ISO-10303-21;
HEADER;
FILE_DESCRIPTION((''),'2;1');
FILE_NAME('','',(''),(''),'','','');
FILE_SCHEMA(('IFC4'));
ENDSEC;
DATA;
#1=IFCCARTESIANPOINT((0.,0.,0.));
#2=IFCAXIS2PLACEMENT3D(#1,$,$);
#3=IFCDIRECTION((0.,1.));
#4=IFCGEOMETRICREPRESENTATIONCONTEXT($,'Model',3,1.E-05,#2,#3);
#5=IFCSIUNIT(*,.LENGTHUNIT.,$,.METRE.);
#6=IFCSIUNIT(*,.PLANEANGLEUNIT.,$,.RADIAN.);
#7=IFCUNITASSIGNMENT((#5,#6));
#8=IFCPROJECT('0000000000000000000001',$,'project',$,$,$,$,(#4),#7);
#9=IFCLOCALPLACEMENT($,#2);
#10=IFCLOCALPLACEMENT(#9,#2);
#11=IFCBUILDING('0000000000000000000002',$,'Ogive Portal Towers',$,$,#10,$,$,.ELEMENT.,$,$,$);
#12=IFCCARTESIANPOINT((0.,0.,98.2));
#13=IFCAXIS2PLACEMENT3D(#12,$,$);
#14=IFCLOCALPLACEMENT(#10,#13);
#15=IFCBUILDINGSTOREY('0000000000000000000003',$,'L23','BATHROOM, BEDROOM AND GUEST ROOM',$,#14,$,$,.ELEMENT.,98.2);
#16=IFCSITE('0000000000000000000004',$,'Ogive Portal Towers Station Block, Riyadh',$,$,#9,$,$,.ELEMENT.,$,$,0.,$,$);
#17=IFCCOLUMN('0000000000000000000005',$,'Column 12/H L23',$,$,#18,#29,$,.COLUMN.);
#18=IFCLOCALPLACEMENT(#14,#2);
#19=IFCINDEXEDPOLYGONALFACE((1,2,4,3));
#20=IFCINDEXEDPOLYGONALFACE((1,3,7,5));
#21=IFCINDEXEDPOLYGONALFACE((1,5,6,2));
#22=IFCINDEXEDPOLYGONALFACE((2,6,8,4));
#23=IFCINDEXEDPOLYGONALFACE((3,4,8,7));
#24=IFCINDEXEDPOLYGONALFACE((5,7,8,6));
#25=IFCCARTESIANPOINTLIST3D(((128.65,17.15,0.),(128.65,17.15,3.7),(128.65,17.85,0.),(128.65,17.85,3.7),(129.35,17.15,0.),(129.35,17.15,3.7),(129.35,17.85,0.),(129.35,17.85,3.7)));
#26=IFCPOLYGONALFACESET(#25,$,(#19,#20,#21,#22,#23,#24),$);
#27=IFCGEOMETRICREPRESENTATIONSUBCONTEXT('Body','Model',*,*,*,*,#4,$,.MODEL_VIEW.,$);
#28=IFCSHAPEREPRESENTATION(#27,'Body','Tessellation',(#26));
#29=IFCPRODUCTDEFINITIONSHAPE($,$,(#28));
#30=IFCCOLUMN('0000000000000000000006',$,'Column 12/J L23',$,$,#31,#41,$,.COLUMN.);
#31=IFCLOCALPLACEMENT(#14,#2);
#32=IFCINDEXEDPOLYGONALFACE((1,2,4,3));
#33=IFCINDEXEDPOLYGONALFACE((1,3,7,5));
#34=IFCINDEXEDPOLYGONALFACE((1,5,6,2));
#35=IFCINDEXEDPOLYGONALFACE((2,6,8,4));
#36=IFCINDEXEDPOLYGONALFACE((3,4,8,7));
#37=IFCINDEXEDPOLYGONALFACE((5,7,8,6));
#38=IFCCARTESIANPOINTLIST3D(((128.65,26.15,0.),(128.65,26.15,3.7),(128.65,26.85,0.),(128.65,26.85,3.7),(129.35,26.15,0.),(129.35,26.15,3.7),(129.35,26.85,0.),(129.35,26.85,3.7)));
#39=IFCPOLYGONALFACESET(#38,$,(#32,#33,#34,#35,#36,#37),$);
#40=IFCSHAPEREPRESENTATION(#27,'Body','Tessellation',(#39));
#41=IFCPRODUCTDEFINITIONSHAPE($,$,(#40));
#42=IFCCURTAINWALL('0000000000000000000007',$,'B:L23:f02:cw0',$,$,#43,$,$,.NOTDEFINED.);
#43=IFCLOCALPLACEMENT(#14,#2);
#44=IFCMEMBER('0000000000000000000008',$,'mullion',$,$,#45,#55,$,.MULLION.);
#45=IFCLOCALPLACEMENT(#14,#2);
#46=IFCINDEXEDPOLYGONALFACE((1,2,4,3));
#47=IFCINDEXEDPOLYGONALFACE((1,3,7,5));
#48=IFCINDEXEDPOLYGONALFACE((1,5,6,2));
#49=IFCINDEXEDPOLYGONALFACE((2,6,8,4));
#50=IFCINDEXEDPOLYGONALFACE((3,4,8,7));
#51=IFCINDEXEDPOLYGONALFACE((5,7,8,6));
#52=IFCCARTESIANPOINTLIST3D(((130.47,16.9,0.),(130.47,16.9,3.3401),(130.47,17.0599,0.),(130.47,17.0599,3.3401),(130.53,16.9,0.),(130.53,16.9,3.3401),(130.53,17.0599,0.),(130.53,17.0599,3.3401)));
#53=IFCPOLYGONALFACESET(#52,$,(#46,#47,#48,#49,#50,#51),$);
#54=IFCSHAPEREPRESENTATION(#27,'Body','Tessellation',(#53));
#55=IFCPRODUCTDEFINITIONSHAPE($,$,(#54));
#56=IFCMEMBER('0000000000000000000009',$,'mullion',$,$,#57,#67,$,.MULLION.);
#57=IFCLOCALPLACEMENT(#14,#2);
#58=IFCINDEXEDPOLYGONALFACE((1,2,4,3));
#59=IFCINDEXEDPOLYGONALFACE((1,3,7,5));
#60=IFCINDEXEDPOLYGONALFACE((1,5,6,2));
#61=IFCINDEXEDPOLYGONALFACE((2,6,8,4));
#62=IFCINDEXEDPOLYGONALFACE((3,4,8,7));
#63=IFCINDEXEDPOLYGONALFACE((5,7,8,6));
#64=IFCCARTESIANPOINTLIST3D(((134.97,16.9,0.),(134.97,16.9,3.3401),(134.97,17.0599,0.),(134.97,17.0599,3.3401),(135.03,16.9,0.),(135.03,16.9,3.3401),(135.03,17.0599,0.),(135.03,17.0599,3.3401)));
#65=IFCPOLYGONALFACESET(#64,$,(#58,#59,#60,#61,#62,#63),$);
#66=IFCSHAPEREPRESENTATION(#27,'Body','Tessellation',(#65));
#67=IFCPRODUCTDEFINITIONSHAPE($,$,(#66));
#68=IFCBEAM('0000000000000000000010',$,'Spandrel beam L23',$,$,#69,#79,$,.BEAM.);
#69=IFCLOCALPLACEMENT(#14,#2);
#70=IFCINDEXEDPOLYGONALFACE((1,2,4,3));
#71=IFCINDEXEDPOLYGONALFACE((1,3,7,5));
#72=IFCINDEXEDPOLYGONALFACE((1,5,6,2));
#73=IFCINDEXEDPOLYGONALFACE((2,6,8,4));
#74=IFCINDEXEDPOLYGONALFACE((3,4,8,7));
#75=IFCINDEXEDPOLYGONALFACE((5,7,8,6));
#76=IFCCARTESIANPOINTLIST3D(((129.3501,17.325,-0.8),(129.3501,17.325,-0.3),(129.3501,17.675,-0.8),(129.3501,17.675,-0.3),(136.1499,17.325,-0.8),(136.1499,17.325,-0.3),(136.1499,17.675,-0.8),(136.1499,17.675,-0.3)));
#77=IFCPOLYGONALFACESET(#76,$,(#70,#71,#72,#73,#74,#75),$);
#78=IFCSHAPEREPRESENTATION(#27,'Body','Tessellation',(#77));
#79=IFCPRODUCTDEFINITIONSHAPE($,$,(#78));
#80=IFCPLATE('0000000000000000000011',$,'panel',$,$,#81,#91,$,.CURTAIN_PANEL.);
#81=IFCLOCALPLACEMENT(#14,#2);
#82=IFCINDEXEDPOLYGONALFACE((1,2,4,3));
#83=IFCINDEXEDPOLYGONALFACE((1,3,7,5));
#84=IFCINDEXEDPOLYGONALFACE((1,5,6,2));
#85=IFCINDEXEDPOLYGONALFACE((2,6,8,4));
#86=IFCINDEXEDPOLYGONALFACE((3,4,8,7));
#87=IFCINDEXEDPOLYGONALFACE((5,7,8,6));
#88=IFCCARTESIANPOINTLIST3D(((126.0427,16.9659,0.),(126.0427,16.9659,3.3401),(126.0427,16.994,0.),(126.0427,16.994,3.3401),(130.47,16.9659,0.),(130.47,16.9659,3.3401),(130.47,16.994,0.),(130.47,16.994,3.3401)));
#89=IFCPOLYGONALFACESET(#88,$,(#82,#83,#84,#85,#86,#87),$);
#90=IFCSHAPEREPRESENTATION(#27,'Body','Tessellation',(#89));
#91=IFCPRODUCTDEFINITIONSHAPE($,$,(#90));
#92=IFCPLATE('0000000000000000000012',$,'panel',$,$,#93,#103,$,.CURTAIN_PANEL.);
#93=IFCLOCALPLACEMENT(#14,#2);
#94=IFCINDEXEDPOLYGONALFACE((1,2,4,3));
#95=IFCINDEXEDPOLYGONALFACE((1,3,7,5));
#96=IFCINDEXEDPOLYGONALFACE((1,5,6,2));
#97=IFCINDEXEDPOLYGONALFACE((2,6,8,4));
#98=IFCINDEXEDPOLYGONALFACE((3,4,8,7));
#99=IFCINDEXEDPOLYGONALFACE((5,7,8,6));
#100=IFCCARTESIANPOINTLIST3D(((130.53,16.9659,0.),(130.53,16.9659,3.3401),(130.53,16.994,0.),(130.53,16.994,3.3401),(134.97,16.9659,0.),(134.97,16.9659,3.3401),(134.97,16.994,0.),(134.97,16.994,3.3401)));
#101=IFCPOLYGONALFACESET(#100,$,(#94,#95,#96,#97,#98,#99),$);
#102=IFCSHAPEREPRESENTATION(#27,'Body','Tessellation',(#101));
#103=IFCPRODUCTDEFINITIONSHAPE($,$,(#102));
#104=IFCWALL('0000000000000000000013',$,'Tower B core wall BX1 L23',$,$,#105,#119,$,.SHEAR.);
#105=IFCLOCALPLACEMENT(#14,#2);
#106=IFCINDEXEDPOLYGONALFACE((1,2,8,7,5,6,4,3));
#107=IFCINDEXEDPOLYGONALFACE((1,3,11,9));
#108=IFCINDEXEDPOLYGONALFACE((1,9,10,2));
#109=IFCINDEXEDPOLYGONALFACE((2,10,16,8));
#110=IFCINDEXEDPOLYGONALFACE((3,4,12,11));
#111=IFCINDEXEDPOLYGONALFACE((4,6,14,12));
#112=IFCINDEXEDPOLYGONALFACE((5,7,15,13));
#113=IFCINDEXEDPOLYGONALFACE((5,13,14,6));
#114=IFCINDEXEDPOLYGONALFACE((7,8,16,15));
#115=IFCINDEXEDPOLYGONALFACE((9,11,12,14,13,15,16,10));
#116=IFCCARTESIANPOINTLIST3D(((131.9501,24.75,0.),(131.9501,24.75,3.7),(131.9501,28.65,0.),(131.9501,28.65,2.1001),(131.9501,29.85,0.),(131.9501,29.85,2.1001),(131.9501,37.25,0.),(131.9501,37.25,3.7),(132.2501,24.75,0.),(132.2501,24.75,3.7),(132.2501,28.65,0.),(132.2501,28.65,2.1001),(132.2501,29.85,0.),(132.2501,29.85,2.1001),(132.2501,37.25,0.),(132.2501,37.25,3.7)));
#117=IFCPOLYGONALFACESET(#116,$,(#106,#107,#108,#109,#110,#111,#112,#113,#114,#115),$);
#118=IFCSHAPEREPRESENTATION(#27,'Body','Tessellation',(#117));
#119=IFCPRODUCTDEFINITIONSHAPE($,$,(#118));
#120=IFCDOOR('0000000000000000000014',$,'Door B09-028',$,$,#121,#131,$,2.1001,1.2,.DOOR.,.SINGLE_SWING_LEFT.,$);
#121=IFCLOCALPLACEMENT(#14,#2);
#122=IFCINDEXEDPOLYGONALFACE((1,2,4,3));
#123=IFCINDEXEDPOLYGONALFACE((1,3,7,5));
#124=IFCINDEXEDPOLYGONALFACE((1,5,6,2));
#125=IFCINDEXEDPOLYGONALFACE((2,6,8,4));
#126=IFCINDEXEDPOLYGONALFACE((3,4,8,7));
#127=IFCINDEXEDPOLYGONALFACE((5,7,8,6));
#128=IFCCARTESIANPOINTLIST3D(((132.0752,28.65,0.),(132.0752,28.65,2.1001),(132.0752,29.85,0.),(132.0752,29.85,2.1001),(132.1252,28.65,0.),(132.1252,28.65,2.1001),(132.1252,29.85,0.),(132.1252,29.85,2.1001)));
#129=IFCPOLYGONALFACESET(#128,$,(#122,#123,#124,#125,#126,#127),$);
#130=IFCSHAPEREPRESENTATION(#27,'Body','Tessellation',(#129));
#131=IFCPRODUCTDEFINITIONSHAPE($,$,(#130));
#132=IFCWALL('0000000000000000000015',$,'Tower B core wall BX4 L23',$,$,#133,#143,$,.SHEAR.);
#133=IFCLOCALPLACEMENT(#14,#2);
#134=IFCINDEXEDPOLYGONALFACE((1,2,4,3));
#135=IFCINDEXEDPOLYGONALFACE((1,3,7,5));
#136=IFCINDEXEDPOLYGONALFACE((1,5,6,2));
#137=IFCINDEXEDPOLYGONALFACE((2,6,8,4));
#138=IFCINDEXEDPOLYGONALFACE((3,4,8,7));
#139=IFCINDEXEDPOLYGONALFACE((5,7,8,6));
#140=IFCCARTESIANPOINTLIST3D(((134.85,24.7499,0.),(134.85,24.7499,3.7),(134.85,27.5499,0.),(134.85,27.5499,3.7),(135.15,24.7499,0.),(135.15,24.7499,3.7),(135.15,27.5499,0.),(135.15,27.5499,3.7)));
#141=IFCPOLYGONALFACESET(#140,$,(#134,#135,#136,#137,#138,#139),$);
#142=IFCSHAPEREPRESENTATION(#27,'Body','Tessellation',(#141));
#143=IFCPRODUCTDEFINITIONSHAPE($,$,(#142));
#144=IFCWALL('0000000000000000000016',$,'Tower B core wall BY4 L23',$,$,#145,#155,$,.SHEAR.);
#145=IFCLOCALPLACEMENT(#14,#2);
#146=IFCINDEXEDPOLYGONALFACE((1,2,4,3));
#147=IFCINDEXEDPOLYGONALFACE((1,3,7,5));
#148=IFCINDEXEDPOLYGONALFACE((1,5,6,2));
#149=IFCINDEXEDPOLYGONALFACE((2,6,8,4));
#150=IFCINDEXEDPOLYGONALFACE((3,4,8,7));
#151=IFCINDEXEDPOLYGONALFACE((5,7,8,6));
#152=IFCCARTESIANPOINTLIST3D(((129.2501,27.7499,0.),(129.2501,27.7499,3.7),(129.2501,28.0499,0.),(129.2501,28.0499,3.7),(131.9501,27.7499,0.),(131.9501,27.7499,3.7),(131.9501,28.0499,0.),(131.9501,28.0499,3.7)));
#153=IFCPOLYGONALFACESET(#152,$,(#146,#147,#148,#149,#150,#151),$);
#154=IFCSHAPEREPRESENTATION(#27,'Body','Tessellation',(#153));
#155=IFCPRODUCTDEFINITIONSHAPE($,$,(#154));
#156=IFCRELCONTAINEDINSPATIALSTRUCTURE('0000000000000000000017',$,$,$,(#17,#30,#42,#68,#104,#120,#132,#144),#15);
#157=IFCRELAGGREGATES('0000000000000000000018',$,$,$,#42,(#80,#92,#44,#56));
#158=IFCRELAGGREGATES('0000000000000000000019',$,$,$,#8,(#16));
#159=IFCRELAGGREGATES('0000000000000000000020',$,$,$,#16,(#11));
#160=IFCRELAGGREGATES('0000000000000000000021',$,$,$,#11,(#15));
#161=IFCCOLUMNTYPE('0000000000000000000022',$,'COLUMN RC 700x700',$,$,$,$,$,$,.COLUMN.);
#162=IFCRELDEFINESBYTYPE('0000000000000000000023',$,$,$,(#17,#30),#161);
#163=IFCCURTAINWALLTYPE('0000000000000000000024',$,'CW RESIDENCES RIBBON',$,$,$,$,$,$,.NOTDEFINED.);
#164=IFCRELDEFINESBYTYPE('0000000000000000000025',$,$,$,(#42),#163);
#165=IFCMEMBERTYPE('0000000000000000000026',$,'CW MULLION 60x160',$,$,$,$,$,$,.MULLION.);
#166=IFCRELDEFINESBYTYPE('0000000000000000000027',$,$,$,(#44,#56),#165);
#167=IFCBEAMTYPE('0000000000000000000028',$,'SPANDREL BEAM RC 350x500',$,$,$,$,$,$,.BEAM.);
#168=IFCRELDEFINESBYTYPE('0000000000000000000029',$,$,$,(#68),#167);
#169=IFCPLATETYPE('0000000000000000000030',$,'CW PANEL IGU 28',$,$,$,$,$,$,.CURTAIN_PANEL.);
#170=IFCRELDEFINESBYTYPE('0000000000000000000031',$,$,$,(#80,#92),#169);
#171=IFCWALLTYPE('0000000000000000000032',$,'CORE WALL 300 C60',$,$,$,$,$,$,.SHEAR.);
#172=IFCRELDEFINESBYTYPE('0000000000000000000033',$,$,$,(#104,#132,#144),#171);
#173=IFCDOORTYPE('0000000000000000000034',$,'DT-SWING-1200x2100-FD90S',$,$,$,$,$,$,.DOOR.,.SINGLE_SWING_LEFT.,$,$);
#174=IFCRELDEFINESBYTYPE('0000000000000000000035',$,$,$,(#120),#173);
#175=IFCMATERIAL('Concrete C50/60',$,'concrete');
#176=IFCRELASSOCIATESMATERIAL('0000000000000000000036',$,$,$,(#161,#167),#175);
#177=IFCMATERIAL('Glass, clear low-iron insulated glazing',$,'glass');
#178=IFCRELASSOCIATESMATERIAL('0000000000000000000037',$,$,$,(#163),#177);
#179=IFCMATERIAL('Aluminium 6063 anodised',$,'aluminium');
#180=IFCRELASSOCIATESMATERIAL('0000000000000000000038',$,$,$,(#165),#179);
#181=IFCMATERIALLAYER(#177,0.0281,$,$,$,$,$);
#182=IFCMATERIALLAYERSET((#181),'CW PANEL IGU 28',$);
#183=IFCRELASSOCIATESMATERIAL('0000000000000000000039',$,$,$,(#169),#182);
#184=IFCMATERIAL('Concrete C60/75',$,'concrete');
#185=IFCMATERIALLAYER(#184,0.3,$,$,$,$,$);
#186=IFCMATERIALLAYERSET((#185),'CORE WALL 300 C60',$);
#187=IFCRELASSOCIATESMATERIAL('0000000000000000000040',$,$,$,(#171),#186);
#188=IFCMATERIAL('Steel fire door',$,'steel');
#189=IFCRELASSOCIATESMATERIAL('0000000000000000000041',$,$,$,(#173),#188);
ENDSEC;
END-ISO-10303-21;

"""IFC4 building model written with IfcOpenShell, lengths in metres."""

from ifc_helpers import new_model, si_unit, direction, frame, frame_2d, origin, origin_2d, place, context, subcontext, project, spatial, rectangle, extrude, material, layer, layer_set, material_profile, profile_set, type_object, element, fill, aggregate, save


model = new_model("IFC4")

# Units and contexts
model_context = context("Model", 3, precision=1e-05, world=origin(), true_north=direction((0.0, 1.0)))
body_context = subcontext(model_context, "Body", "Model", "MODEL_VIEW")
ifc_project = project(units=[si_unit("LENGTHUNIT", "METRE"), si_unit("PLANEANGLEUNIT", "RADIAN")], contexts=[model_context])

# Site, building, storey
site_placement = place(None, origin())
site = spatial("IfcSite", under=ifc_project, at=site_placement, Name="Ogive Portal Towers Station Block, Riyadh", CompositionType="ELEMENT", RefElevation=0.0)
building_placement = place(site_placement, origin())
building = spatial("IfcBuilding", under=site, at=building_placement, Name="Ogive Portal Towers", CompositionType="ELEMENT")
storey_placement = place(building_placement, frame((0.0, 0.0, 98.2)))
storey = spatial("IfcBuildingStorey", under=building, at=storey_placement, Name="L23", Description="BATHROOM, BEDROOM AND GUEST ROOM", CompositionType="ELEMENT", Elevation=98.2)

# Columns
ifc_material_1 = material(Name="Concrete C50/60", Category="concrete")
ifc_material_profile_1 = material_profile(ifc_material_1, rectangle(XDim=0.7, YDim=0.7, at=origin_2d()), Name="RC 700x700")
ifc_profile_set_1 = profile_set([ifc_material_profile_1], Name="Concrete C50/60")
column_type = type_object("IfcColumnType", Name="COLUMN RC 700x700", PredefinedType="COLUMN", material=ifc_profile_set_1)
for number, where, z_axis, x_axis, name in (
    (1, (129.0, 17.5, 0.0), (0.0, 0.0, 1.0), (1.0, 0.0, 0.0), "Column 12/H L23"),
    (2, (129.0, 26.5, 0.0), (0.0, 0.0, 1.0), (1.0, 0.0, 0.0), "Column 12/J L23"),
):
    element("IfcColumn", number, at=place(storey_placement, frame(where, z_axis=z_axis, x_axis=x_axis)), inside=storey, type_object=column_type, Name=name, PredefinedType="COLUMN", context=body_context, shape_type="SweptSolid", body=[
        extrude(rectangle(XDim=0.7, YDim=0.7, at=origin_2d()), origin(), (0.0, 0.0, 1.0), 3.7),
    ])

# Curtain wall, members
ifc_material_2 = material(Name="Glass, clear low-iron insulated glazing", Category="glass")
curtain_wall_type = type_object("IfcCurtainWallType", Name="CW RESIDENCES RIBBON", PredefinedType="NOTDEFINED", material=ifc_material_2)
curtain_wall_placement = place(storey_placement, origin())
curtain_wall = element("IfcCurtainWall", 3, at=curtain_wall_placement, inside=storey, type_object=curtain_wall_type, Name="B:L23:f02:cw0", PredefinedType="NOTDEFINED")
ifc_material_3 = material(Name="Aluminium 6063 anodised", Category="aluminium")
ifc_material_profile_2 = material_profile(ifc_material_3, rectangle(XDim=0.1599, YDim=0.0601, at=origin_2d()), Name="AL 60x160")
ifc_profile_set_2 = profile_set([ifc_material_profile_2], Name="Aluminium 6063 anodised")
member_type = type_object("IfcMemberType", Name="CW MULLION 60x160", PredefinedType="MULLION", material=ifc_profile_set_2)
member_1_placement = place(storey_placement, frame((130.5, 16.98, 0.0), z_axis=(0.0, 0.0, 1.0), x_axis=(0.0, 1.0, 0.0)))
member_1 = element("IfcMember", 4, at=member_1_placement, type_object=member_type, Name="mullion", PredefinedType="MULLION", context=body_context, shape_type="SweptSolid", body=[
    extrude(rectangle(XDim=0.1599, YDim=0.0601, at=origin_2d()), origin(), (0.0, 0.0, 1.0), 3.3401),
])
member_2_placement = place(storey_placement, frame((135.0, 16.98, 0.0), z_axis=(0.0, 0.0, 1.0), x_axis=(0.0, 1.0, 0.0)))
member_2 = element("IfcMember", 5, at=member_2_placement, type_object=member_type, Name="mullion", PredefinedType="MULLION", context=body_context, shape_type="SweptSolid", body=[
    extrude(rectangle(XDim=0.1599, YDim=0.0601, at=origin_2d()), origin(), (0.0, 0.0, 1.0), 3.3401),
])

# Beam
ifc_material_profile_3 = material_profile(ifc_material_1, rectangle(XDim=0.3501, YDim=0.5, at=origin_2d()), Name="RC 350x500")
ifc_profile_set_3 = profile_set([ifc_material_profile_3], Name="Concrete C50/60")
beam_type = type_object("IfcBeamType", Name="SPANDREL BEAM RC 350x500", PredefinedType="BEAM", material=ifc_profile_set_3)
beam_placement = place(storey_placement, frame((129.3501, 17.5, -0.55), z_axis=(1.0, 0.0, 0.0), x_axis=(0.0, 1.0, 0.0)))
element("IfcBeam", 6, at=beam_placement, inside=storey, type_object=beam_type, Name="Spandrel beam L23", PredefinedType="BEAM", context=body_context, shape_type="SweptSolid", body=[
    extrude(rectangle(XDim=0.3501, YDim=0.5, at=origin_2d()), origin(), (0.0, 0.0, 1.0), 6.7998),
])

# Plates
ifc_layer_1 = layer(ifc_material_2, 0.0281)
ifc_layer_set_1 = layer_set([ifc_layer_1], Name="CW PANEL IGU 28")
plate_type = type_object("IfcPlateType", Name="CW PANEL IGU 28", PredefinedType="CURTAIN_PANEL", material=ifc_layer_set_1)
plate_1_placement = place(storey_placement, frame((128.2563, 16.98, 0.0), z_axis=(0.0, 0.0, 1.0), x_axis=(1.0, 0.0, 0.0)))
plate_1 = element("IfcPlate", 7, at=plate_1_placement, type_object=plate_type, Name="panel", PredefinedType="CURTAIN_PANEL", context=body_context, shape_type="SweptSolid", body=[
    extrude(rectangle(XDim=4.4272, YDim=0.0281, at=origin_2d()), origin(), (0.0, 0.0, 1.0), 3.3401),
])
plate_2_placement = place(storey_placement, frame((132.75, 16.98, 0.0), z_axis=(0.0, 0.0, 1.0), x_axis=(1.0, 0.0, 0.0)))
plate_2 = element("IfcPlate", 8, at=plate_2_placement, type_object=plate_type, Name="panel", PredefinedType="CURTAIN_PANEL", context=body_context, shape_type="SweptSolid", body=[
    extrude(rectangle(XDim=4.4399, YDim=0.0281, at=origin_2d()), origin(), (0.0, 0.0, 1.0), 3.3401),
])
aggregate(curtain_wall, [plate_1, plate_2, member_1, member_2])

# Wall, opening, door
ifc_material_4 = material(Name="Concrete C60/75", Category="concrete")
ifc_layer_2 = layer(ifc_material_4, 0.3)
ifc_layer_set_2 = layer_set([ifc_layer_2], Name="CORE WALL 300 C60")
wall_type_1 = type_object("IfcWallType", Name="CORE WALL 300 C60", PredefinedType="SHEAR", material=ifc_layer_set_2)
wall_1_placement = place(storey_placement, frame((132.1001, 24.75, 0.0), z_axis=(0.0, 0.0, 1.0), x_axis=(0.0, 1.0, 0.0)))
wall_1 = element("IfcWall", 9, at=wall_1_placement, inside=storey, type_object=wall_type_1, Name="Tower B core wall BX1 L23", PredefinedType="SHEAR", context=body_context, shape_type="SweptSolid", body=[
    extrude(rectangle(XDim=12.5, YDim=0.3, at=frame_2d((6.25, 0.0))), origin(), (0.0, 0.0, 1.0), 3.7),
])
opening_1_placement = place(wall_1_placement, frame((3.8999, 0.0, 0.0)))
opening_1 = element("IfcOpeningElement", 10, at=opening_1_placement, cuts=wall_1, PredefinedType="OPENING", context=body_context, shape_type="SweptSolid", body=[
    extrude(rectangle(XDim=1.2, YDim=2.1001, at=frame_2d((0.6001, 1.05))), frame((0.0, 0.1602, 0.0), z_axis=(0.0, -1.0, 0.0), x_axis=(1.0, 0.0, 0.0)), (0.0, 0.0, 1.0), 0.3201),
])
ifc_material_5 = material(Name="Steel fire door", Category="steel")
door_type_1 = type_object("IfcDoorType", Name="DT-SWING-1200x2100-FD90S", OperationType="SINGLE_SWING_LEFT", PredefinedType="DOOR", material=ifc_material_5)
door_1_placement = place(opening_1_placement, origin())
door_1 = element("IfcDoor", 11, at=door_1_placement, inside=storey, type_object=door_type_1, Name="Door B09-028", OperationType="SINGLE_SWING_LEFT", OverallHeight=2.1001, OverallWidth=1.2, PredefinedType="DOOR", context=body_context, shape_type="SweptSolid", body=[
    extrude(rectangle(XDim=1.2, YDim=2.1001, at=frame_2d((0.6001, 1.05))), frame((0.0, 0.0249, 0.0), z_axis=(0.0, -1.0, 0.0), x_axis=(1.0, 0.0, 0.0)), (0.0, 0.0, 1.0), 0.05),
])
fill(opening_1, door_1)

# Wall
wall_2_placement = place(storey_placement, frame((135.0, 24.75, 0.0), z_axis=(0.0, 0.0, 1.0), x_axis=(0.0, 1.0, 0.0)))
element("IfcWall", 12, at=wall_2_placement, inside=storey, type_object=wall_type_1, Name="Tower B core wall BX4 L23", PredefinedType="SHEAR", context=body_context, shape_type="SweptSolid", body=[
    extrude(rectangle(XDim=2.8, YDim=0.3, at=frame_2d((1.3999, 0.0))), origin(), (0.0, 0.0, 1.0), 3.7),
])

# Wall
wall_3_placement = place(storey_placement, frame((129.25, 27.8999, 0.0), z_axis=(0.0, 0.0, 1.0), x_axis=(1.0, 0.0, 0.0)))
element("IfcWall", 13, at=wall_3_placement, inside=storey, type_object=wall_type_1, Name="Tower B core wall BY4 L23", PredefinedType="SHEAR", context=body_context, shape_type="SweptSolid", body=[
    extrude(rectangle(XDim=2.7, YDim=0.3, at=frame_2d((1.3501, 0.0))), origin(), (0.0, 0.0, 1.0), 3.7),
])

save(model, "model.ifc")
